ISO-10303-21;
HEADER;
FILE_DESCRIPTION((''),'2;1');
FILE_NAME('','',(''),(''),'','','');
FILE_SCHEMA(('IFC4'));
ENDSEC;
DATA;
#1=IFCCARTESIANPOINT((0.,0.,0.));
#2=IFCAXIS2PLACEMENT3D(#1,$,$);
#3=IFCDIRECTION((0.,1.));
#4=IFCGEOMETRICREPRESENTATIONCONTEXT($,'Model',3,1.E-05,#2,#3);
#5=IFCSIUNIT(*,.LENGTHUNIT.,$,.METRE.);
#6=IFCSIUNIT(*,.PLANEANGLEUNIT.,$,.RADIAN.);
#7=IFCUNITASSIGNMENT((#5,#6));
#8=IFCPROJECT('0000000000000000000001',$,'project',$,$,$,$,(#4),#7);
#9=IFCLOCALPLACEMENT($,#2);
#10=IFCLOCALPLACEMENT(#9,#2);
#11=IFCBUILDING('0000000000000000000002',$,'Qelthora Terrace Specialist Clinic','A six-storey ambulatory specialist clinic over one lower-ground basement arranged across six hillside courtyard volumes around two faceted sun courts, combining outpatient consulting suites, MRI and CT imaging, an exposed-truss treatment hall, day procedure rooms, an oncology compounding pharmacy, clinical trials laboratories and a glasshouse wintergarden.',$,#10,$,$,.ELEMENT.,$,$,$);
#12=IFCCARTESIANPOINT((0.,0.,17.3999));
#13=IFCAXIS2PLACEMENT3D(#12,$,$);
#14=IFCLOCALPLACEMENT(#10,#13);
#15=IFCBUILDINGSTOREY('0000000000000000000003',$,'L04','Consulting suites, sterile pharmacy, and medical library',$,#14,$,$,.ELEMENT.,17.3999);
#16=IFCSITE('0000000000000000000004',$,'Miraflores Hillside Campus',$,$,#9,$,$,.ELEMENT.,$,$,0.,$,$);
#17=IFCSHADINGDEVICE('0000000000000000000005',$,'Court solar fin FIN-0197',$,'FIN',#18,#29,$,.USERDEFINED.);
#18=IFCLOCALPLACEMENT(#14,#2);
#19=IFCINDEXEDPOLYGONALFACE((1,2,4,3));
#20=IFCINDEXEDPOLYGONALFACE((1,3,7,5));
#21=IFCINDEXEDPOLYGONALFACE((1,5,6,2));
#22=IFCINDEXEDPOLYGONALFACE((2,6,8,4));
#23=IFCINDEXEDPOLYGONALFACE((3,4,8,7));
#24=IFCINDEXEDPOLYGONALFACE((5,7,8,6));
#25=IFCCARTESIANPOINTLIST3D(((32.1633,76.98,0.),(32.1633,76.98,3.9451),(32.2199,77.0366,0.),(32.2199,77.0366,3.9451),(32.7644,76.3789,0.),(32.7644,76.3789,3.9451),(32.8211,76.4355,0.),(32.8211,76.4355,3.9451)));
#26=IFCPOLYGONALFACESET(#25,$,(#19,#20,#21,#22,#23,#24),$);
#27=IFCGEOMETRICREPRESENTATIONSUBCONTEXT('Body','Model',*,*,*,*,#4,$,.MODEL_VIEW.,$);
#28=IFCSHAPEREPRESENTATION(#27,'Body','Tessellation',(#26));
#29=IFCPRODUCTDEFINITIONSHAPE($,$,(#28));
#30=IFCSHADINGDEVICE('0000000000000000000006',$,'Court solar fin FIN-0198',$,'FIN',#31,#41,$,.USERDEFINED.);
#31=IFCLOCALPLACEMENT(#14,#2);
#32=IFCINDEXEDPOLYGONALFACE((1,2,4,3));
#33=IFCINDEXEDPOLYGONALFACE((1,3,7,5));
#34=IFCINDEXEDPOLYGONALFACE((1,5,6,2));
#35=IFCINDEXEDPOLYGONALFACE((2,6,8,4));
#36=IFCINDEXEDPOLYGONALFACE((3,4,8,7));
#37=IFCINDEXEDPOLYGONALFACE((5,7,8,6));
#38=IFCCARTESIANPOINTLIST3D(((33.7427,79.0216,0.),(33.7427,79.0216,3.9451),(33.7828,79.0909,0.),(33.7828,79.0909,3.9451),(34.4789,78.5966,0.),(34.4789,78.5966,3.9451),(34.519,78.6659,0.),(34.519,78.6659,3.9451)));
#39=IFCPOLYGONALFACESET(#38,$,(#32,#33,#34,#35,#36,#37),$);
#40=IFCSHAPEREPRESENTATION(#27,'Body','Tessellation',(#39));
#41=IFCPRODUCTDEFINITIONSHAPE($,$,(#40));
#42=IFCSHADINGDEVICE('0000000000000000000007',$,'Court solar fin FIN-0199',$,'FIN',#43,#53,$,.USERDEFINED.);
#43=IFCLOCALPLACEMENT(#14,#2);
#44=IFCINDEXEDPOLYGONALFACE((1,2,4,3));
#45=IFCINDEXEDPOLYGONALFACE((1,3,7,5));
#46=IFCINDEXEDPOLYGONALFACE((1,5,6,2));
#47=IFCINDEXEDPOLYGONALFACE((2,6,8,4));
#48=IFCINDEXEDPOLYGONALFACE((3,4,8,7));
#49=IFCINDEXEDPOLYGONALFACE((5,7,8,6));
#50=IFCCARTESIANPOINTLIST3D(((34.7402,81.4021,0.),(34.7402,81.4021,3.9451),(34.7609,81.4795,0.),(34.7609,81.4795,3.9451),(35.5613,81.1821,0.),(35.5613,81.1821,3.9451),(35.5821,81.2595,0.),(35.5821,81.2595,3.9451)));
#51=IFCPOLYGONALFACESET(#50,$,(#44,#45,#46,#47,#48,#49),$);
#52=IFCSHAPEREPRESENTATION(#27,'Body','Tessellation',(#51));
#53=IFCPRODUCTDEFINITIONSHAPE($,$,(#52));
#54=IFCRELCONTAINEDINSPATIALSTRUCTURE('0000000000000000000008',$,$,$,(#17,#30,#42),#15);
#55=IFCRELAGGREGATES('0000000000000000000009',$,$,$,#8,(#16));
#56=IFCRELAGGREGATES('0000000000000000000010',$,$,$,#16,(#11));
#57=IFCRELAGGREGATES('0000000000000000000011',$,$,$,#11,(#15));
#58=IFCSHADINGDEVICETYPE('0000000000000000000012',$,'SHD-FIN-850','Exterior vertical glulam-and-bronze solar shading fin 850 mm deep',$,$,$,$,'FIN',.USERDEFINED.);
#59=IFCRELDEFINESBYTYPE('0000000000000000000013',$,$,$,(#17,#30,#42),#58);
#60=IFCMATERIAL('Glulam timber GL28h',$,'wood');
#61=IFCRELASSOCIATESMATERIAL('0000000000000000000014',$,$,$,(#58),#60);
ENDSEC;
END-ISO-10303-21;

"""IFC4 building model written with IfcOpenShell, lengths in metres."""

from ifc_helpers import new_model, si_unit, direction, frame, origin, origin_2d, place, context, subcontext, project, spatial, rectangle, extrude, material, type_object, element, save


model = new_model("IFC4")

# Units and contexts
model_context = context("Model", 3, precision=1e-05, world=origin(), true_north=direction((0.0, 1.0)))
body_context = subcontext(model_context, "Body", "Model", "MODEL_VIEW")
ifc_project = project(units=[si_unit("LENGTHUNIT", "METRE"), si_unit("PLANEANGLEUNIT", "RADIAN")], contexts=[model_context])

# Site, building, storey
site_placement = place(None, origin())
site = spatial("IfcSite", under=ifc_project, at=site_placement, Name="Miraflores Hillside Campus", CompositionType="ELEMENT", RefElevation=0.0)
building_placement = place(site_placement, origin())
building = spatial("IfcBuilding", under=site, at=building_placement, Name="Qelthora Terrace Specialist Clinic", Description="A six-storey ambulatory specialist clinic over one lower-ground basement arranged across six hillside courtyard volumes around two faceted sun courts, combining outpatient consulting suites, MRI and CT imaging, an exposed-truss treatment hall, day procedure rooms, an oncology compounding pharmacy, clinical trials laboratories and a glasshouse wintergarden.", CompositionType="ELEMENT")
storey_placement = place(building_placement, frame((0.0, 0.0, 17.3999)))
storey = spatial("IfcBuildingStorey", under=building, at=storey_placement, Name="L04", Description="Consulting suites, sterile pharmacy, and medical library", CompositionType="ELEMENT", Elevation=17.3999)

# Shading devices
ifc_material_1 = material(Name="Glulam timber GL28h", Category="wood")
shading_device_type = type_object("IfcShadingDeviceType", Name="SHD-FIN-850", Description="Exterior vertical glulam-and-bronze solar shading fin 850 mm deep", ElementType="FIN", PredefinedType="USERDEFINED", material=ifc_material_1)
for number, where, z_axis, x_axis, name in (
    (1, (32.4922, 76.7078, 0.0), (0.0, 0.0, 1.0), (-0.707107, 0.707107, 0.0), "Court solar fin FIN-0197"),
    (2, (34.1309, 78.8438, 0.0), (0.0, 0.0, 1.0), (-0.866025, 0.5, 0.0), "Court solar fin FIN-0198"),
    (3, (35.1611, 81.3308, 0.0), (0.0, 0.0, 1.0), (-0.965926, 0.258819, 0.0), "Court solar fin FIN-0199"),
):
    element("IfcShadingDevice", number, at=place(storey_placement, frame(where, z_axis=z_axis, x_axis=x_axis)), inside=storey, type_object=shading_device_type, Name=name, ObjectType="FIN", PredefinedType="USERDEFINED", context=body_context, shape_type="SweptSolid", body=[
        extrude(rectangle(XDim=0.8501, YDim=0.0801, at=origin_2d()), origin(), (0.0, 0.0, 1.0), 3.9451),
    ])

save(model, "model.ifc")
